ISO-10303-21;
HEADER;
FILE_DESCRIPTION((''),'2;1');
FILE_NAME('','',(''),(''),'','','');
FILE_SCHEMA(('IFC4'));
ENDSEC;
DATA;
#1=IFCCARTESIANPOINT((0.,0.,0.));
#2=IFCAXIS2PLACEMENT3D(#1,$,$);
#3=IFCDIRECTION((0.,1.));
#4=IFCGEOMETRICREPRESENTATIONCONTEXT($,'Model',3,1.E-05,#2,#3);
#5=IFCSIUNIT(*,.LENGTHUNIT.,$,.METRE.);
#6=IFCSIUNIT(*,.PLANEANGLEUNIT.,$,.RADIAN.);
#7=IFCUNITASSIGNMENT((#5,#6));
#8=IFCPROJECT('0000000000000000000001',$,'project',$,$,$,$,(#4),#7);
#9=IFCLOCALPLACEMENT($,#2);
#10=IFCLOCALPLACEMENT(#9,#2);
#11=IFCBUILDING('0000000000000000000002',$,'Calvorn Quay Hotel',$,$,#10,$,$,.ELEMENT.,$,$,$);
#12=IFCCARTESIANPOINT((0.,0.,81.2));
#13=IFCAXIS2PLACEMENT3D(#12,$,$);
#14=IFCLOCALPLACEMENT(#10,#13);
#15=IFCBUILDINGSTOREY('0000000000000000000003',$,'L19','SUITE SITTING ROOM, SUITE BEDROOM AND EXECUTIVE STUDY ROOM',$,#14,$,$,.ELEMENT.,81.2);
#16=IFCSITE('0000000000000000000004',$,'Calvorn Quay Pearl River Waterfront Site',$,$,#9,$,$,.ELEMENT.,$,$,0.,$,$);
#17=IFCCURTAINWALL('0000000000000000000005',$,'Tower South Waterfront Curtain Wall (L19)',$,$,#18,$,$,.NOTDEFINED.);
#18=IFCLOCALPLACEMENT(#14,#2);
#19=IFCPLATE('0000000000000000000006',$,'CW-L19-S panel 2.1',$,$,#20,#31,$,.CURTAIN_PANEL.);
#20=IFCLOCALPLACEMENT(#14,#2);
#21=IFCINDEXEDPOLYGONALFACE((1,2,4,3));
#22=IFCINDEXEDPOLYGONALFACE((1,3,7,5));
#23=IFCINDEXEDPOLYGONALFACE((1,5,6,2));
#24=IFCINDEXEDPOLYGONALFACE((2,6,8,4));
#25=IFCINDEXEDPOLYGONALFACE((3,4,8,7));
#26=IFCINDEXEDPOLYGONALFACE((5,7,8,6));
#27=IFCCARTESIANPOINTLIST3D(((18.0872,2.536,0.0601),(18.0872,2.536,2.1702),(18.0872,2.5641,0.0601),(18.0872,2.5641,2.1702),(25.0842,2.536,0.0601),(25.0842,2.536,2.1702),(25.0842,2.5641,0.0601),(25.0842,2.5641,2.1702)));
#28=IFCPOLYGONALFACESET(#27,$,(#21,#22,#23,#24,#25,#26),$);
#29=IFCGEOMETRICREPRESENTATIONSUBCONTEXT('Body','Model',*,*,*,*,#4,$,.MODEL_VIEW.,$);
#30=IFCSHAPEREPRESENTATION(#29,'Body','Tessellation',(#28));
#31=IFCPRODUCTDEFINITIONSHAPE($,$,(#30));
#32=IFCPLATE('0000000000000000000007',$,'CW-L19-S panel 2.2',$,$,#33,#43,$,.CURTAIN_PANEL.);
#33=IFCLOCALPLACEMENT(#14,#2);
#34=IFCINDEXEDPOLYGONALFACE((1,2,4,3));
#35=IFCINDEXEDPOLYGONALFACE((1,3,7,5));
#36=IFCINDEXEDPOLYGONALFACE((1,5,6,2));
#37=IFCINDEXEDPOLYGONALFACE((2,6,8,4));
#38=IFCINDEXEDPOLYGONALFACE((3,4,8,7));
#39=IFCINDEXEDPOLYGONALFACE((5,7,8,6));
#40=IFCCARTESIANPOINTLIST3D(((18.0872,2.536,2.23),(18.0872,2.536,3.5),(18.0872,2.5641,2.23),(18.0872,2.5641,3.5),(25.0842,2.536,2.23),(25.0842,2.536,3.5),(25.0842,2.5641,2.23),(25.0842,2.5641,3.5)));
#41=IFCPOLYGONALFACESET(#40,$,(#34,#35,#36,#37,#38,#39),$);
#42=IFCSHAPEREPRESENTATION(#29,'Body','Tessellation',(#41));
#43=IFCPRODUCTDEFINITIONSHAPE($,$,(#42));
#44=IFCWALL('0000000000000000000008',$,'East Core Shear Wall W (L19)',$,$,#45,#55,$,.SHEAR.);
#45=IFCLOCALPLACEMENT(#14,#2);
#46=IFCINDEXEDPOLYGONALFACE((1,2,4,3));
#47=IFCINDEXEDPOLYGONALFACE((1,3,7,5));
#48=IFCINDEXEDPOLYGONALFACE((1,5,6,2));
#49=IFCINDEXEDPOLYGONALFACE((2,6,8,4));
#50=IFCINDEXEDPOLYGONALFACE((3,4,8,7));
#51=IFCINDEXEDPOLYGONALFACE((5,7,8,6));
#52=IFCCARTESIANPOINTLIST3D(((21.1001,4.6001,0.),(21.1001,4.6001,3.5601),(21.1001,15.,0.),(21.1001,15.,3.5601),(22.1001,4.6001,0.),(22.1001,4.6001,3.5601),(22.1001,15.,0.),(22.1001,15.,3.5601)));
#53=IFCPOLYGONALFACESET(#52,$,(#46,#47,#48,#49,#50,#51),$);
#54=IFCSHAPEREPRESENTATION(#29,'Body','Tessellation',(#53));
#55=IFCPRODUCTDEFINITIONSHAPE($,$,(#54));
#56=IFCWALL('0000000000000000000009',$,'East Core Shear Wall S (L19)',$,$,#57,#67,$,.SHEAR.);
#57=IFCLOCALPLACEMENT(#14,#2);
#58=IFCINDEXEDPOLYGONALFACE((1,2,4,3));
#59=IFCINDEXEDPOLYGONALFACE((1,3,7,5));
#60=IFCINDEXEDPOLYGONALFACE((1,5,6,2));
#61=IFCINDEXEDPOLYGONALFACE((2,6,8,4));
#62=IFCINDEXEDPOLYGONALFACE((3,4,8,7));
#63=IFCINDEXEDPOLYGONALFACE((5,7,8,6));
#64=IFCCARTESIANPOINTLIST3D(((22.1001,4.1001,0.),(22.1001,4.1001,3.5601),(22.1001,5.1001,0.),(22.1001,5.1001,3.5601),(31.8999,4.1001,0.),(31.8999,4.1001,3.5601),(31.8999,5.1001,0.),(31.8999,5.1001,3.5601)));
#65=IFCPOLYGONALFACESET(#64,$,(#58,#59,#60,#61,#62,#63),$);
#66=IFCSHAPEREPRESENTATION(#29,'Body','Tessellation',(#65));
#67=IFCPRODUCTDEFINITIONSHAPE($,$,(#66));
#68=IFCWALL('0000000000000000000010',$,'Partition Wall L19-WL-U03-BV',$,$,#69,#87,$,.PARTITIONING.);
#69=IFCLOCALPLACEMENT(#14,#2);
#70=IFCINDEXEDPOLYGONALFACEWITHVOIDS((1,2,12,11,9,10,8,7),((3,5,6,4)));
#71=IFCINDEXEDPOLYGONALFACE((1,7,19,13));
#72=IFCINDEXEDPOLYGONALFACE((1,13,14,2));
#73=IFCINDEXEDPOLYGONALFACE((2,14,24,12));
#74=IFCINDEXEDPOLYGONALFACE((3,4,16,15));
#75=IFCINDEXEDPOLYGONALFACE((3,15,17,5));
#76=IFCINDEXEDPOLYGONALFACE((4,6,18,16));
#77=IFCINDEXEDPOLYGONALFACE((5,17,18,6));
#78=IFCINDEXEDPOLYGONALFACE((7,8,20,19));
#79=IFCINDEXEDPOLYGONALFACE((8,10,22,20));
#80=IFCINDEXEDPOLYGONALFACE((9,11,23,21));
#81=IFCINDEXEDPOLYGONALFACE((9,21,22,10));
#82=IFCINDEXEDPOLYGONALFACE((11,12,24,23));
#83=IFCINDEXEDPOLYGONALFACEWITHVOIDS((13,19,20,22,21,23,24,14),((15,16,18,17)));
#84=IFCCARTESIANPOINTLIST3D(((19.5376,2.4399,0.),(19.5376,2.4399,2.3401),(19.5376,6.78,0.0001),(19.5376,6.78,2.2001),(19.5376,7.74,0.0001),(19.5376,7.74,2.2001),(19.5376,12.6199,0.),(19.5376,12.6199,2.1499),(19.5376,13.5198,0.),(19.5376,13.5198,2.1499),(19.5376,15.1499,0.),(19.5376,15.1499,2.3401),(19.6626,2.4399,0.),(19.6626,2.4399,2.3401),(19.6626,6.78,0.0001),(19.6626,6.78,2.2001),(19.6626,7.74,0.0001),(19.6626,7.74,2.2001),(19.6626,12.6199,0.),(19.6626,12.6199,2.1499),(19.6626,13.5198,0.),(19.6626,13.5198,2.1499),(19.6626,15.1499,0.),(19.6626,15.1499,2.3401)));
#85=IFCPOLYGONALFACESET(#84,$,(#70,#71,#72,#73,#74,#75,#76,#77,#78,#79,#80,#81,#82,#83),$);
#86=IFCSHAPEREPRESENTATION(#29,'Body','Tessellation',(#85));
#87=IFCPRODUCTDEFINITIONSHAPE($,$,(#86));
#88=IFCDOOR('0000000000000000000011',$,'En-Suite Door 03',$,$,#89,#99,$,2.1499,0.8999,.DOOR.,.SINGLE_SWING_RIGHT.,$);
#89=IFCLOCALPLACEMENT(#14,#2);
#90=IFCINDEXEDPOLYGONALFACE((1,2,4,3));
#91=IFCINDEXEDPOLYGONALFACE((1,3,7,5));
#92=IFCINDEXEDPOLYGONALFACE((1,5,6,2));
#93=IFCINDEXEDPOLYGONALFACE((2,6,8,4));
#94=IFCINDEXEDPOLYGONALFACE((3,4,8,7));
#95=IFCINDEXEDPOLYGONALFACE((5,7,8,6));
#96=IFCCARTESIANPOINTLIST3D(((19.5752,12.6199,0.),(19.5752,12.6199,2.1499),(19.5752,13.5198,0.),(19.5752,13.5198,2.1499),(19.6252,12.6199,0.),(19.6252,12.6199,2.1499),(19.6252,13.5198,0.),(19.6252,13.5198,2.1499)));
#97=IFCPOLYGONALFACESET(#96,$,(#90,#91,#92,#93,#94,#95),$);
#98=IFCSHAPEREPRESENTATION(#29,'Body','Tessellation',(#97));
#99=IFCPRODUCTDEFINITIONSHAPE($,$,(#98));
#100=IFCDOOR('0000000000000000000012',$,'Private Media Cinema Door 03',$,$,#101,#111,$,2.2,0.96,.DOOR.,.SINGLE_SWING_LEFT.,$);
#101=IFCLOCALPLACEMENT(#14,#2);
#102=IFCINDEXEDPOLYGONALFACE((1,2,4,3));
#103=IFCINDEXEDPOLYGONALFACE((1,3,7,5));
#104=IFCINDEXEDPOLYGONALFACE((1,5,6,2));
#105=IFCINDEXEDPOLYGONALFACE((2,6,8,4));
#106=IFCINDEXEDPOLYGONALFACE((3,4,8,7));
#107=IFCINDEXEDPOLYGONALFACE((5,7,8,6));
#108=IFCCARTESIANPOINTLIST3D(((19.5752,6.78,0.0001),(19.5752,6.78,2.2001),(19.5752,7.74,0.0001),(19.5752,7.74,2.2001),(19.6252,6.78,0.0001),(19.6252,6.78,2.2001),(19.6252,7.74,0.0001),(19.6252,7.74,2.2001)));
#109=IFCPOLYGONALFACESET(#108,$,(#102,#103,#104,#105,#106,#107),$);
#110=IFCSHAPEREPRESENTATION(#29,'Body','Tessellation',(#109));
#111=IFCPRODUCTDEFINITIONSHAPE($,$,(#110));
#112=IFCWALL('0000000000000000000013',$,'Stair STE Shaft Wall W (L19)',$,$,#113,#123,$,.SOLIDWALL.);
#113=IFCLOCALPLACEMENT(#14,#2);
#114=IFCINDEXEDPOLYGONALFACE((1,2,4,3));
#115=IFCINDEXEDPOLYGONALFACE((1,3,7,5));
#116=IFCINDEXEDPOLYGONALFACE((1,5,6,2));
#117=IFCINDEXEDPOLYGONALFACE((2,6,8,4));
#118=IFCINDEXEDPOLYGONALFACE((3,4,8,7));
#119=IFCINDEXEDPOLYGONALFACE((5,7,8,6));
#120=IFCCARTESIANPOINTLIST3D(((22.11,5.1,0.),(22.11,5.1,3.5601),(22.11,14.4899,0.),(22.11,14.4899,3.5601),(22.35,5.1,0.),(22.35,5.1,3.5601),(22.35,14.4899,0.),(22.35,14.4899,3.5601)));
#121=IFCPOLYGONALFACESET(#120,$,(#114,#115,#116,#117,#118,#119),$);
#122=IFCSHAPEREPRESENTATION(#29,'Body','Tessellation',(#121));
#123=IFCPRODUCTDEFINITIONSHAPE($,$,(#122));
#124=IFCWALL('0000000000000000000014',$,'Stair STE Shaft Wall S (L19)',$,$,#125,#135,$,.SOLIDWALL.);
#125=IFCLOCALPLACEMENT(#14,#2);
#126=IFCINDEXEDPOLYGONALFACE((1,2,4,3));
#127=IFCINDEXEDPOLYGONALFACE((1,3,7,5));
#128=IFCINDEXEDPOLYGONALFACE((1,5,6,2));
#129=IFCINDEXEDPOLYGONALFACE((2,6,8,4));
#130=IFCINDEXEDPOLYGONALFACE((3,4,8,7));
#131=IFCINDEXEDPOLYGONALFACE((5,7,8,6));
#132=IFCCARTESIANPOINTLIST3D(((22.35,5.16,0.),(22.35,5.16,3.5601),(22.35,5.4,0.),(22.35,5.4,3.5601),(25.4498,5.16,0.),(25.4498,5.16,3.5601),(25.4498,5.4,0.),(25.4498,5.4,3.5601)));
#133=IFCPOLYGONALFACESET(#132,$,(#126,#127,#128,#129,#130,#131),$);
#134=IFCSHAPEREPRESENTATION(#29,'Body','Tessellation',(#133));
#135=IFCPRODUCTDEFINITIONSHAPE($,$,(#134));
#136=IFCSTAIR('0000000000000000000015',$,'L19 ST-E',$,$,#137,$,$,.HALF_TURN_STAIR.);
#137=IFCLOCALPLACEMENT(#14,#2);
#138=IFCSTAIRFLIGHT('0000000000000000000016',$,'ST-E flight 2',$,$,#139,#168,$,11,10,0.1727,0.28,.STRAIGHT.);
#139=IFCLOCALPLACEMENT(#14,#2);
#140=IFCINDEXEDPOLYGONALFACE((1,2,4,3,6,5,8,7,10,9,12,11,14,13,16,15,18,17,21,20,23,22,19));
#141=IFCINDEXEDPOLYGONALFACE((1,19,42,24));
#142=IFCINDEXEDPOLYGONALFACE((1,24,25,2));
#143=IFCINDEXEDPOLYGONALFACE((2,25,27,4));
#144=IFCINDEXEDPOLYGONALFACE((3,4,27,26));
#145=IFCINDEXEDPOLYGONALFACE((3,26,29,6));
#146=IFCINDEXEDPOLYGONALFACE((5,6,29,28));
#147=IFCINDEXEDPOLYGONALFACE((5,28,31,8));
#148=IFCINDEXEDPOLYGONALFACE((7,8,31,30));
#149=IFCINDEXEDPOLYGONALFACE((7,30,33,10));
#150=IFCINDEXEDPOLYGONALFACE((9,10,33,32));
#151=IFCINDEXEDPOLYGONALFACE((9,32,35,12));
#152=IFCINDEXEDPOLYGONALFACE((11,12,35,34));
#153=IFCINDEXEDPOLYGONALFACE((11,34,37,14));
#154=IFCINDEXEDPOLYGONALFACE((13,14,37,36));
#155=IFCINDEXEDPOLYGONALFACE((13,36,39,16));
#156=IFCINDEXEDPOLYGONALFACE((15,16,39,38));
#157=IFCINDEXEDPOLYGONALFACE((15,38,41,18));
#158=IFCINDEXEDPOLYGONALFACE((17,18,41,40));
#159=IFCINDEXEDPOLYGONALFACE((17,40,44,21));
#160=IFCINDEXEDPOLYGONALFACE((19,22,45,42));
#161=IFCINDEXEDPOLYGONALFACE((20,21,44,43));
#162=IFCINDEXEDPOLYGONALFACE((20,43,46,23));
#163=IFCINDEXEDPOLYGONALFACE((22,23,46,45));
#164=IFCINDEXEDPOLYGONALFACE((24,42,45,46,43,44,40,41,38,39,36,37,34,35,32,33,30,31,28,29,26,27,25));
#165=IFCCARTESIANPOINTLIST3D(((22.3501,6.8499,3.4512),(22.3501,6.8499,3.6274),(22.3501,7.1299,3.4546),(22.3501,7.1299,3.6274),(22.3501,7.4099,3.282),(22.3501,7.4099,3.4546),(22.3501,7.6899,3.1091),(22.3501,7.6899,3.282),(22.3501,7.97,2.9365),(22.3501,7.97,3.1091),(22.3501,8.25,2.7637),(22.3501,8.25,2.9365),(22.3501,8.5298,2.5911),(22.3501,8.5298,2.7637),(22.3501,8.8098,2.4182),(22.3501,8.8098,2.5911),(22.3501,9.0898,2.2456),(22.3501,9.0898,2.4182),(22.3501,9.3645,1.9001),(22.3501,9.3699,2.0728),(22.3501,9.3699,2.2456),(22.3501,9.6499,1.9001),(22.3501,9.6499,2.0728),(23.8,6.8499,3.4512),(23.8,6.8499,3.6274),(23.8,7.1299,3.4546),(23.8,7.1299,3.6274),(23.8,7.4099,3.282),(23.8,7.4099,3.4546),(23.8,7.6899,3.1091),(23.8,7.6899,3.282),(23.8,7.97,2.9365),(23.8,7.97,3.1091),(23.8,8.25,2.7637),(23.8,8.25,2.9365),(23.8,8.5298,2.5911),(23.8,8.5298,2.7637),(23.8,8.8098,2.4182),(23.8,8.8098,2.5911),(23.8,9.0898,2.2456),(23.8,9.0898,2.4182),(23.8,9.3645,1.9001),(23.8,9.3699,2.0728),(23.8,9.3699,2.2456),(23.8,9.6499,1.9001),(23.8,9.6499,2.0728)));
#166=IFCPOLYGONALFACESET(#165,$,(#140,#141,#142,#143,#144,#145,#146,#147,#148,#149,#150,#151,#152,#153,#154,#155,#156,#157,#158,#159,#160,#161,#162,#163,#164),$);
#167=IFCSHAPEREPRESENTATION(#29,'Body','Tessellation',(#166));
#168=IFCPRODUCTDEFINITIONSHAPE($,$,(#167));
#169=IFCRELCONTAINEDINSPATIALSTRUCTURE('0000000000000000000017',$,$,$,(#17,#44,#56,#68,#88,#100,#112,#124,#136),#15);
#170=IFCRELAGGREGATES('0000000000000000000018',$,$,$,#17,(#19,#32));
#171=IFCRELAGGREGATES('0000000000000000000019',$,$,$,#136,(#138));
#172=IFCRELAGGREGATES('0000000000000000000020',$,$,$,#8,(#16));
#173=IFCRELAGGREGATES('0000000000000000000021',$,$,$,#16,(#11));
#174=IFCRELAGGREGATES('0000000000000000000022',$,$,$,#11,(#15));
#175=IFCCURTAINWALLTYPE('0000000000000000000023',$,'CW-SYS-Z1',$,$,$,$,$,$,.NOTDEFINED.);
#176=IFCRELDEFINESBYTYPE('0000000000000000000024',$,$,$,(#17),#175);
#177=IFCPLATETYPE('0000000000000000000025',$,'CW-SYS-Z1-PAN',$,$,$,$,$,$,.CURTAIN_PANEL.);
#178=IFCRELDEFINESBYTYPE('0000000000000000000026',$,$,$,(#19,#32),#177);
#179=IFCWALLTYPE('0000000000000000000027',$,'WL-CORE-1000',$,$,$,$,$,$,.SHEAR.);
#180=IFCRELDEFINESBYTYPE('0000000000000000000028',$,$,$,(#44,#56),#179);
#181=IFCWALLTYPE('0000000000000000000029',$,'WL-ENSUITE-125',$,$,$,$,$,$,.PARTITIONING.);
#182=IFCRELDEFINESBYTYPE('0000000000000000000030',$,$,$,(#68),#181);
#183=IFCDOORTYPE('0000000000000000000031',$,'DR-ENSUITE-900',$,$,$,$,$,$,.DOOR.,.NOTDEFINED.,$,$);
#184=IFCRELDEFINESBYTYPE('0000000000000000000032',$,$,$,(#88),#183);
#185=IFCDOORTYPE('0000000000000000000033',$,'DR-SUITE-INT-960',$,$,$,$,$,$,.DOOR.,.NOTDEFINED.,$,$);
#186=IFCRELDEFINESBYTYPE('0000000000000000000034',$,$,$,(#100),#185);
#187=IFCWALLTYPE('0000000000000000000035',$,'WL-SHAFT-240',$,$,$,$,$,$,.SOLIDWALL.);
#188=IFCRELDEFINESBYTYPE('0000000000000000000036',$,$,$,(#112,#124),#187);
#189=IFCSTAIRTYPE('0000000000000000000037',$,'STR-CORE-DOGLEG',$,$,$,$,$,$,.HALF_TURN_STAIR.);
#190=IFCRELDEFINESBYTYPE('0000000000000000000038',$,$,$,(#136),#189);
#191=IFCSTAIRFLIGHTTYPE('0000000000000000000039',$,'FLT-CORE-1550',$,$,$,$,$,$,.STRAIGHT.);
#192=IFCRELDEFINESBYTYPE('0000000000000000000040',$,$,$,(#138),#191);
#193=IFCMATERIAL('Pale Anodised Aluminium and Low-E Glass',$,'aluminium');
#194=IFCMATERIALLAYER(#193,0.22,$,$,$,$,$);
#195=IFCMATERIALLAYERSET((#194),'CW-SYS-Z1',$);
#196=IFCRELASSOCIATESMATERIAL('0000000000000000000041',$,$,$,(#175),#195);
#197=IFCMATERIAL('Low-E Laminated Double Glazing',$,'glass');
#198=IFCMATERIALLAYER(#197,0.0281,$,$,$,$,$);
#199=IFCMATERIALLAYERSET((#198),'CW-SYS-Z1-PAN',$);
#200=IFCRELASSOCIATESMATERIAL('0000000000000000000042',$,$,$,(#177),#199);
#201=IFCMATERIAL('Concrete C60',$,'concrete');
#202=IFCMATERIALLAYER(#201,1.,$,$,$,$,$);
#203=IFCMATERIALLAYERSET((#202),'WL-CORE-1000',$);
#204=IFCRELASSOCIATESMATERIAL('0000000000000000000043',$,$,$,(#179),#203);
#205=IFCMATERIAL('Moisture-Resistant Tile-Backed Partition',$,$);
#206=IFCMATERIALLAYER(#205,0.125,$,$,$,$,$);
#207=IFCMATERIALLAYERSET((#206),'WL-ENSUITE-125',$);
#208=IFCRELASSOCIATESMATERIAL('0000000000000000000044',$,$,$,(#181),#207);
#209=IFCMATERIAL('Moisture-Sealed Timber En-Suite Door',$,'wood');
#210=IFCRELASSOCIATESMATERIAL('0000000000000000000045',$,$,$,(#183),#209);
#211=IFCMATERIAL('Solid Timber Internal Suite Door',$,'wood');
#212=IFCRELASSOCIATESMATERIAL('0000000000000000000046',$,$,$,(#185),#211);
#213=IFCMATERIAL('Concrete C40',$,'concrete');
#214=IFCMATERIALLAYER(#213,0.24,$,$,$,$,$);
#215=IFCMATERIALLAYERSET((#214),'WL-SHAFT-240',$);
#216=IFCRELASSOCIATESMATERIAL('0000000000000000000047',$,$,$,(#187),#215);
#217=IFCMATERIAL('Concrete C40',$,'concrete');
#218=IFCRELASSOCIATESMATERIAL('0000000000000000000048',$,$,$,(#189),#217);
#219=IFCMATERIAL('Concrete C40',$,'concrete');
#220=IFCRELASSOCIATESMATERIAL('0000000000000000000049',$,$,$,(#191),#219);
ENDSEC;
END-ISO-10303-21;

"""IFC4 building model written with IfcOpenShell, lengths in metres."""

from ifc_helpers import new_model, si_unit, direction, frame, frame_2d, origin, origin_2d, place, context, subcontext, project, spatial, polyline, rectangle, outline, extrude, material, layer, layer_set, type_object, element, fill, aggregate, save


model = new_model("IFC4")

# Units and contexts
model_context = context("Model", 3, precision=1e-05, world=origin(), true_north=direction((0.0, 1.0)))
body_context = subcontext(model_context, "Body", "Model", "MODEL_VIEW")
ifc_project = project(units=[si_unit("LENGTHUNIT", "METRE"), si_unit("PLANEANGLEUNIT", "RADIAN")], contexts=[model_context])

# Site, building, storey
site_placement = place(None, origin())
site = spatial("IfcSite", under=ifc_project, at=site_placement, Name="Calvorn Quay Pearl River Waterfront Site", CompositionType="ELEMENT", RefElevation=0.0)
building_placement = place(site_placement, origin())
building = spatial("IfcBuilding", under=site, at=building_placement, Name="Calvorn Quay Hotel", CompositionType="ELEMENT")
storey_placement = place(building_placement, frame((0.0, 0.0, 81.2)))
storey = spatial("IfcBuildingStorey", under=building, at=storey_placement, Name="L19", Description="SUITE SITTING ROOM, SUITE BEDROOM AND EXECUTIVE STUDY ROOM", CompositionType="ELEMENT", Elevation=81.2)

# Curtain wall, plates
ifc_material_1 = material(Name="Pale Anodised Aluminium and Low-E Glass", Category="aluminium")
ifc_layer_1 = layer(ifc_material_1, 0.22)
ifc_layer_set_1 = layer_set([ifc_layer_1], Name="CW-SYS-Z1")
curtain_wall_type = type_object("IfcCurtainWallType", Name="CW-SYS-Z1", PredefinedType="NOTDEFINED", material=ifc_layer_set_1)
curtain_wall_placement = place(storey_placement, origin())
curtain_wall = element("IfcCurtainWall", 1, at=curtain_wall_placement, inside=storey, type_object=curtain_wall_type, Name="Tower South Waterfront Curtain Wall (L19)", PredefinedType="NOTDEFINED")
ifc_material_2 = material(Name="Low-E Laminated Double Glazing", Category="glass")
ifc_layer_2 = layer(ifc_material_2, 0.0281)
ifc_layer_set_2 = layer_set([ifc_layer_2], Name="CW-SYS-Z1-PAN")
plate_type = type_object("IfcPlateType", Name="CW-SYS-Z1-PAN", PredefinedType="CURTAIN_PANEL", material=ifc_layer_set_2)
plate_1_placement = place(storey_placement, frame((21.5857, 2.55, 0.0601), z_axis=(0.0, 0.0, 1.0), x_axis=(1.0, 0.0, 0.0)))
plate_1 = element("IfcPlate", 2, at=plate_1_placement, type_object=plate_type, Name="CW-L19-S panel 2.1", PredefinedType="CURTAIN_PANEL", context=body_context, shape_type="SweptSolid", body=[
    extrude(rectangle(XDim=6.9971, YDim=0.0281, at=origin_2d()), origin(), (0.0, 0.0, 1.0), 2.1101),
])
plate_2_placement = place(storey_placement, frame((21.5857, 2.55, 2.23), z_axis=(0.0, 0.0, 1.0), x_axis=(1.0, 0.0, 0.0)))
plate_2 = element("IfcPlate", 3, at=plate_2_placement, type_object=plate_type, Name="CW-L19-S panel 2.2", PredefinedType="CURTAIN_PANEL", context=body_context, shape_type="SweptSolid", body=[
    extrude(rectangle(XDim=6.9971, YDim=0.0281, at=origin_2d()), origin(), (0.0, 0.0, 1.0), 1.27),
])
aggregate(curtain_wall, [plate_1, plate_2])

# Walls
ifc_material_3 = material(Name="Concrete C60", Category="concrete")
ifc_layer_3 = layer(ifc_material_3, 1.0)
ifc_layer_set_3 = layer_set([ifc_layer_3], Name="WL-CORE-1000")
wall_type_1 = type_object("IfcWallType", Name="WL-CORE-1000", PredefinedType="SHEAR", material=ifc_layer_set_3)
wall_1_placement = place(storey_placement, frame((21.6001, 4.6001, 0.0), z_axis=(0.0, 0.0, 1.0), x_axis=(0.0, 1.0, 0.0)))
element("IfcWall", 4, at=wall_1_placement, inside=storey, type_object=wall_type_1, Name="East Core Shear Wall W (L19)", PredefinedType="SHEAR", context=body_context, shape_type="SweptSolid", body=[
    extrude(rectangle(XDim=10.3999, YDim=1.0, at=frame_2d((5.2, 0.0))), origin(), (0.0, 0.0, 1.0), 3.5601),
])
wall_2_placement = place(storey_placement, frame((22.1001, 4.6001, 0.0), z_axis=(0.0, 0.0, 1.0), x_axis=(1.0, 0.0, 0.0)))
element("IfcWall", 5, at=wall_2_placement, inside=storey, type_object=wall_type_1, Name="East Core Shear Wall S (L19)", PredefinedType="SHEAR", context=body_context, shape_type="SweptSolid", body=[
    extrude(rectangle(XDim=9.7998, YDim=1.0, at=frame_2d((4.8999, 0.0))), origin(), (0.0, 0.0, 1.0), 3.5601),
])

# Wall, openings, doors
ifc_material_4 = material(Name="Moisture-Resistant Tile-Backed Partition")
ifc_layer_4 = layer(ifc_material_4, 0.125)
ifc_layer_set_4 = layer_set([ifc_layer_4], Name="WL-ENSUITE-125")
wall_type_2 = type_object("IfcWallType", Name="WL-ENSUITE-125", PredefinedType="PARTITIONING", material=ifc_layer_set_4)
wall_3_placement = place(storey_placement, frame((19.6001, 2.4399, 0.0), z_axis=(0.0, 0.0, 1.0), x_axis=(0.0, 1.0, 0.0)))
wall_3 = element("IfcWall", 6, at=wall_3_placement, inside=storey, type_object=wall_type_2, Name="Partition Wall L19-WL-U03-BV", PredefinedType="PARTITIONING", context=body_context, shape_type="SweptSolid", body=[
    extrude(rectangle(XDim=12.71, YDim=0.125, at=frame_2d((6.355, 0.0))), origin(), (0.0, 0.0, 1.0), 2.3401),
])
opening_1_placement = place(wall_3_placement, frame((4.3401, 0.0, 0.0)))
opening_1 = element("IfcOpeningElement", 7, at=opening_1_placement, cuts=wall_3, PredefinedType="OPENING", context=body_context, shape_type="SweptSolid", body=[
    extrude(rectangle(XDim=0.96, YDim=2.2, at=frame_2d((0.48, 1.1001))), frame((0.0, 0.0725, 0.0), z_axis=(0.0, -1.0, 0.0), x_axis=(1.0, 0.0, 0.0)), (0.0, 0.0, 1.0), 0.145),
])
opening_2_placement = place(wall_3_placement, frame((10.1799, 0.0, 0.0)))
opening_2 = element("IfcOpeningElement", 8, at=opening_2_placement, cuts=wall_3, PredefinedType="OPENING", context=body_context, shape_type="SweptSolid", body=[
    extrude(rectangle(XDim=0.8999, YDim=2.1499, at=frame_2d((0.45, 1.075))), frame((0.0, 0.0725, 0.0), z_axis=(0.0, -1.0, 0.0), x_axis=(1.0, 0.0, 0.0)), (0.0, 0.0, 1.0), 0.145),
])
ifc_material_5 = material(Name="Moisture-Sealed Timber En-Suite Door", Category="wood")
door_type_1 = type_object("IfcDoorType", Name="DR-ENSUITE-900", OperationType="NOTDEFINED", PredefinedType="DOOR", material=ifc_material_5)
door_1_placement = place(opening_2_placement, origin())
door_1 = element("IfcDoor", 9, at=door_1_placement, inside=storey, type_object=door_type_1, Name="En-Suite Door 03", OperationType="SINGLE_SWING_RIGHT", OverallHeight=2.1499, OverallWidth=0.8999, PredefinedType="DOOR", context=body_context, shape_type="SweptSolid", body=[
    extrude(rectangle(XDim=0.8999, YDim=2.1499, at=frame_2d((0.45, 1.075))), frame((0.0, 0.0249, 0.0), z_axis=(0.0, -1.0, 0.0), x_axis=(1.0, 0.0, 0.0)), (0.0, 0.0, 1.0), 0.05),
])
fill(opening_2, door_1)
ifc_material_6 = material(Name="Solid Timber Internal Suite Door", Category="wood")
door_type_2 = type_object("IfcDoorType", Name="DR-SUITE-INT-960", OperationType="NOTDEFINED", PredefinedType="DOOR", material=ifc_material_6)
door_2_placement = place(opening_1_placement, origin())
door_2 = element("IfcDoor", 10, at=door_2_placement, inside=storey, type_object=door_type_2, Name="Private Media Cinema Door 03", OperationType="SINGLE_SWING_LEFT", OverallHeight=2.2, OverallWidth=0.96, PredefinedType="DOOR", context=body_context, shape_type="SweptSolid", body=[
    extrude(rectangle(XDim=0.96, YDim=2.2, at=frame_2d((0.48, 1.1001))), frame((0.0, 0.0249, 0.0), z_axis=(0.0, -1.0, 0.0), x_axis=(1.0, 0.0, 0.0)), (0.0, 0.0, 1.0), 0.05),
])
fill(opening_1, door_2)

# Walls
ifc_material_7 = material(Name="Concrete C40", Category="concrete")
ifc_layer_5 = layer(ifc_material_7, 0.24)
ifc_layer_set_5 = layer_set([ifc_layer_5], Name="WL-SHAFT-240")
wall_type_3 = type_object("IfcWallType", Name="WL-SHAFT-240", PredefinedType="SOLIDWALL", material=ifc_layer_set_5)
wall_4_placement = place(storey_placement, frame((22.23, 5.1001, 0.0), z_axis=(0.0, 0.0, 1.0), x_axis=(0.0, 1.0, 0.0)))
element("IfcWall", 11, at=wall_4_placement, inside=storey, type_object=wall_type_3, Name="Stair STE Shaft Wall W (L19)", PredefinedType="SOLIDWALL", context=body_context, shape_type="SweptSolid", body=[
    extrude(rectangle(XDim=9.3899, YDim=0.24, at=frame_2d((4.6948, 0.0))), origin(), (0.0, 0.0, 1.0), 3.5601),
])
wall_5_placement = place(storey_placement, frame((22.3501, 5.28, 0.0), z_axis=(0.0, 0.0, 1.0), x_axis=(1.0, 0.0, 0.0)))
element("IfcWall", 12, at=wall_5_placement, inside=storey, type_object=wall_type_3, Name="Stair STE Shaft Wall S (L19)", PredefinedType="SOLIDWALL", context=body_context, shape_type="SweptSolid", body=[
    extrude(rectangle(XDim=3.0999, YDim=0.24, at=frame_2d((1.5498, 0.0))), origin(), (0.0, 0.0, 1.0), 3.5601),
])

# Stair, stair flight
ifc_material_8 = material(Name="Concrete C40", Category="concrete")
stair_type = type_object("IfcStairType", Name="STR-CORE-DOGLEG", PredefinedType="HALF_TURN_STAIR", material=ifc_material_8)
stair_placement = place(storey_placement, origin())
stair = element("IfcStair", 13, at=stair_placement, inside=storey, type_object=stair_type, Name="L19 ST-E", PredefinedType="HALF_TURN_STAIR")
ifc_material_9 = material(Name="Concrete C40", Category="concrete")
stair_flight_type = type_object("IfcStairFlightType", Name="FLT-CORE-1550", PredefinedType="STRAIGHT", material=ifc_material_9)
stair_flight_placement = place(storey_placement, frame((23.075, 9.6499, 1.9001), z_axis=(0.0, 0.0, 1.0), x_axis=(0.0, -1.0, 0.0)))
stair_flight = element("IfcStairFlight", 14, at=stair_flight_placement, type_object=stair_flight_type, Name="ST-E flight 2", NumberOfRisers=11, NumberOfTreads=10, PredefinedType="STRAIGHT", RiserHeight=0.1727, TreadLength=0.28, context=body_context, shape_type="SweptSolid", body=[
    extrude(outline(polyline([(0.0, 0.0), (0.0, 0.1726), (0.28, 0.1726), (0.28, 0.3455), (0.5601, 0.3455), (0.5601, 0.5181), (0.8401, 0.5181), (0.8401, 0.6909), (1.1201, 0.6909), (1.1201, 0.8635), (1.3999, 0.8635), (1.3999, 1.0364), (1.6799, 1.0364), (1.6799, 1.209), (1.96, 1.209), (1.96, 1.3818), (2.24, 1.3818), (2.24, 1.5544), (2.52, 1.5544), (2.52, 1.7273), (2.8, 1.7273), (2.8, 1.8999), (2.8, 1.551), (0.2854, 0.0), (0.0, 0.0)])), frame((0.0, 0.7251, 0.0), z_axis=(0.0, -1.0, 0.0), x_axis=(1.0, 0.0, 0.0)), (0.0, 0.0, 1.0), 1.45),
])
aggregate(stair, [stair_flight])

save(model, "model.ifc")
